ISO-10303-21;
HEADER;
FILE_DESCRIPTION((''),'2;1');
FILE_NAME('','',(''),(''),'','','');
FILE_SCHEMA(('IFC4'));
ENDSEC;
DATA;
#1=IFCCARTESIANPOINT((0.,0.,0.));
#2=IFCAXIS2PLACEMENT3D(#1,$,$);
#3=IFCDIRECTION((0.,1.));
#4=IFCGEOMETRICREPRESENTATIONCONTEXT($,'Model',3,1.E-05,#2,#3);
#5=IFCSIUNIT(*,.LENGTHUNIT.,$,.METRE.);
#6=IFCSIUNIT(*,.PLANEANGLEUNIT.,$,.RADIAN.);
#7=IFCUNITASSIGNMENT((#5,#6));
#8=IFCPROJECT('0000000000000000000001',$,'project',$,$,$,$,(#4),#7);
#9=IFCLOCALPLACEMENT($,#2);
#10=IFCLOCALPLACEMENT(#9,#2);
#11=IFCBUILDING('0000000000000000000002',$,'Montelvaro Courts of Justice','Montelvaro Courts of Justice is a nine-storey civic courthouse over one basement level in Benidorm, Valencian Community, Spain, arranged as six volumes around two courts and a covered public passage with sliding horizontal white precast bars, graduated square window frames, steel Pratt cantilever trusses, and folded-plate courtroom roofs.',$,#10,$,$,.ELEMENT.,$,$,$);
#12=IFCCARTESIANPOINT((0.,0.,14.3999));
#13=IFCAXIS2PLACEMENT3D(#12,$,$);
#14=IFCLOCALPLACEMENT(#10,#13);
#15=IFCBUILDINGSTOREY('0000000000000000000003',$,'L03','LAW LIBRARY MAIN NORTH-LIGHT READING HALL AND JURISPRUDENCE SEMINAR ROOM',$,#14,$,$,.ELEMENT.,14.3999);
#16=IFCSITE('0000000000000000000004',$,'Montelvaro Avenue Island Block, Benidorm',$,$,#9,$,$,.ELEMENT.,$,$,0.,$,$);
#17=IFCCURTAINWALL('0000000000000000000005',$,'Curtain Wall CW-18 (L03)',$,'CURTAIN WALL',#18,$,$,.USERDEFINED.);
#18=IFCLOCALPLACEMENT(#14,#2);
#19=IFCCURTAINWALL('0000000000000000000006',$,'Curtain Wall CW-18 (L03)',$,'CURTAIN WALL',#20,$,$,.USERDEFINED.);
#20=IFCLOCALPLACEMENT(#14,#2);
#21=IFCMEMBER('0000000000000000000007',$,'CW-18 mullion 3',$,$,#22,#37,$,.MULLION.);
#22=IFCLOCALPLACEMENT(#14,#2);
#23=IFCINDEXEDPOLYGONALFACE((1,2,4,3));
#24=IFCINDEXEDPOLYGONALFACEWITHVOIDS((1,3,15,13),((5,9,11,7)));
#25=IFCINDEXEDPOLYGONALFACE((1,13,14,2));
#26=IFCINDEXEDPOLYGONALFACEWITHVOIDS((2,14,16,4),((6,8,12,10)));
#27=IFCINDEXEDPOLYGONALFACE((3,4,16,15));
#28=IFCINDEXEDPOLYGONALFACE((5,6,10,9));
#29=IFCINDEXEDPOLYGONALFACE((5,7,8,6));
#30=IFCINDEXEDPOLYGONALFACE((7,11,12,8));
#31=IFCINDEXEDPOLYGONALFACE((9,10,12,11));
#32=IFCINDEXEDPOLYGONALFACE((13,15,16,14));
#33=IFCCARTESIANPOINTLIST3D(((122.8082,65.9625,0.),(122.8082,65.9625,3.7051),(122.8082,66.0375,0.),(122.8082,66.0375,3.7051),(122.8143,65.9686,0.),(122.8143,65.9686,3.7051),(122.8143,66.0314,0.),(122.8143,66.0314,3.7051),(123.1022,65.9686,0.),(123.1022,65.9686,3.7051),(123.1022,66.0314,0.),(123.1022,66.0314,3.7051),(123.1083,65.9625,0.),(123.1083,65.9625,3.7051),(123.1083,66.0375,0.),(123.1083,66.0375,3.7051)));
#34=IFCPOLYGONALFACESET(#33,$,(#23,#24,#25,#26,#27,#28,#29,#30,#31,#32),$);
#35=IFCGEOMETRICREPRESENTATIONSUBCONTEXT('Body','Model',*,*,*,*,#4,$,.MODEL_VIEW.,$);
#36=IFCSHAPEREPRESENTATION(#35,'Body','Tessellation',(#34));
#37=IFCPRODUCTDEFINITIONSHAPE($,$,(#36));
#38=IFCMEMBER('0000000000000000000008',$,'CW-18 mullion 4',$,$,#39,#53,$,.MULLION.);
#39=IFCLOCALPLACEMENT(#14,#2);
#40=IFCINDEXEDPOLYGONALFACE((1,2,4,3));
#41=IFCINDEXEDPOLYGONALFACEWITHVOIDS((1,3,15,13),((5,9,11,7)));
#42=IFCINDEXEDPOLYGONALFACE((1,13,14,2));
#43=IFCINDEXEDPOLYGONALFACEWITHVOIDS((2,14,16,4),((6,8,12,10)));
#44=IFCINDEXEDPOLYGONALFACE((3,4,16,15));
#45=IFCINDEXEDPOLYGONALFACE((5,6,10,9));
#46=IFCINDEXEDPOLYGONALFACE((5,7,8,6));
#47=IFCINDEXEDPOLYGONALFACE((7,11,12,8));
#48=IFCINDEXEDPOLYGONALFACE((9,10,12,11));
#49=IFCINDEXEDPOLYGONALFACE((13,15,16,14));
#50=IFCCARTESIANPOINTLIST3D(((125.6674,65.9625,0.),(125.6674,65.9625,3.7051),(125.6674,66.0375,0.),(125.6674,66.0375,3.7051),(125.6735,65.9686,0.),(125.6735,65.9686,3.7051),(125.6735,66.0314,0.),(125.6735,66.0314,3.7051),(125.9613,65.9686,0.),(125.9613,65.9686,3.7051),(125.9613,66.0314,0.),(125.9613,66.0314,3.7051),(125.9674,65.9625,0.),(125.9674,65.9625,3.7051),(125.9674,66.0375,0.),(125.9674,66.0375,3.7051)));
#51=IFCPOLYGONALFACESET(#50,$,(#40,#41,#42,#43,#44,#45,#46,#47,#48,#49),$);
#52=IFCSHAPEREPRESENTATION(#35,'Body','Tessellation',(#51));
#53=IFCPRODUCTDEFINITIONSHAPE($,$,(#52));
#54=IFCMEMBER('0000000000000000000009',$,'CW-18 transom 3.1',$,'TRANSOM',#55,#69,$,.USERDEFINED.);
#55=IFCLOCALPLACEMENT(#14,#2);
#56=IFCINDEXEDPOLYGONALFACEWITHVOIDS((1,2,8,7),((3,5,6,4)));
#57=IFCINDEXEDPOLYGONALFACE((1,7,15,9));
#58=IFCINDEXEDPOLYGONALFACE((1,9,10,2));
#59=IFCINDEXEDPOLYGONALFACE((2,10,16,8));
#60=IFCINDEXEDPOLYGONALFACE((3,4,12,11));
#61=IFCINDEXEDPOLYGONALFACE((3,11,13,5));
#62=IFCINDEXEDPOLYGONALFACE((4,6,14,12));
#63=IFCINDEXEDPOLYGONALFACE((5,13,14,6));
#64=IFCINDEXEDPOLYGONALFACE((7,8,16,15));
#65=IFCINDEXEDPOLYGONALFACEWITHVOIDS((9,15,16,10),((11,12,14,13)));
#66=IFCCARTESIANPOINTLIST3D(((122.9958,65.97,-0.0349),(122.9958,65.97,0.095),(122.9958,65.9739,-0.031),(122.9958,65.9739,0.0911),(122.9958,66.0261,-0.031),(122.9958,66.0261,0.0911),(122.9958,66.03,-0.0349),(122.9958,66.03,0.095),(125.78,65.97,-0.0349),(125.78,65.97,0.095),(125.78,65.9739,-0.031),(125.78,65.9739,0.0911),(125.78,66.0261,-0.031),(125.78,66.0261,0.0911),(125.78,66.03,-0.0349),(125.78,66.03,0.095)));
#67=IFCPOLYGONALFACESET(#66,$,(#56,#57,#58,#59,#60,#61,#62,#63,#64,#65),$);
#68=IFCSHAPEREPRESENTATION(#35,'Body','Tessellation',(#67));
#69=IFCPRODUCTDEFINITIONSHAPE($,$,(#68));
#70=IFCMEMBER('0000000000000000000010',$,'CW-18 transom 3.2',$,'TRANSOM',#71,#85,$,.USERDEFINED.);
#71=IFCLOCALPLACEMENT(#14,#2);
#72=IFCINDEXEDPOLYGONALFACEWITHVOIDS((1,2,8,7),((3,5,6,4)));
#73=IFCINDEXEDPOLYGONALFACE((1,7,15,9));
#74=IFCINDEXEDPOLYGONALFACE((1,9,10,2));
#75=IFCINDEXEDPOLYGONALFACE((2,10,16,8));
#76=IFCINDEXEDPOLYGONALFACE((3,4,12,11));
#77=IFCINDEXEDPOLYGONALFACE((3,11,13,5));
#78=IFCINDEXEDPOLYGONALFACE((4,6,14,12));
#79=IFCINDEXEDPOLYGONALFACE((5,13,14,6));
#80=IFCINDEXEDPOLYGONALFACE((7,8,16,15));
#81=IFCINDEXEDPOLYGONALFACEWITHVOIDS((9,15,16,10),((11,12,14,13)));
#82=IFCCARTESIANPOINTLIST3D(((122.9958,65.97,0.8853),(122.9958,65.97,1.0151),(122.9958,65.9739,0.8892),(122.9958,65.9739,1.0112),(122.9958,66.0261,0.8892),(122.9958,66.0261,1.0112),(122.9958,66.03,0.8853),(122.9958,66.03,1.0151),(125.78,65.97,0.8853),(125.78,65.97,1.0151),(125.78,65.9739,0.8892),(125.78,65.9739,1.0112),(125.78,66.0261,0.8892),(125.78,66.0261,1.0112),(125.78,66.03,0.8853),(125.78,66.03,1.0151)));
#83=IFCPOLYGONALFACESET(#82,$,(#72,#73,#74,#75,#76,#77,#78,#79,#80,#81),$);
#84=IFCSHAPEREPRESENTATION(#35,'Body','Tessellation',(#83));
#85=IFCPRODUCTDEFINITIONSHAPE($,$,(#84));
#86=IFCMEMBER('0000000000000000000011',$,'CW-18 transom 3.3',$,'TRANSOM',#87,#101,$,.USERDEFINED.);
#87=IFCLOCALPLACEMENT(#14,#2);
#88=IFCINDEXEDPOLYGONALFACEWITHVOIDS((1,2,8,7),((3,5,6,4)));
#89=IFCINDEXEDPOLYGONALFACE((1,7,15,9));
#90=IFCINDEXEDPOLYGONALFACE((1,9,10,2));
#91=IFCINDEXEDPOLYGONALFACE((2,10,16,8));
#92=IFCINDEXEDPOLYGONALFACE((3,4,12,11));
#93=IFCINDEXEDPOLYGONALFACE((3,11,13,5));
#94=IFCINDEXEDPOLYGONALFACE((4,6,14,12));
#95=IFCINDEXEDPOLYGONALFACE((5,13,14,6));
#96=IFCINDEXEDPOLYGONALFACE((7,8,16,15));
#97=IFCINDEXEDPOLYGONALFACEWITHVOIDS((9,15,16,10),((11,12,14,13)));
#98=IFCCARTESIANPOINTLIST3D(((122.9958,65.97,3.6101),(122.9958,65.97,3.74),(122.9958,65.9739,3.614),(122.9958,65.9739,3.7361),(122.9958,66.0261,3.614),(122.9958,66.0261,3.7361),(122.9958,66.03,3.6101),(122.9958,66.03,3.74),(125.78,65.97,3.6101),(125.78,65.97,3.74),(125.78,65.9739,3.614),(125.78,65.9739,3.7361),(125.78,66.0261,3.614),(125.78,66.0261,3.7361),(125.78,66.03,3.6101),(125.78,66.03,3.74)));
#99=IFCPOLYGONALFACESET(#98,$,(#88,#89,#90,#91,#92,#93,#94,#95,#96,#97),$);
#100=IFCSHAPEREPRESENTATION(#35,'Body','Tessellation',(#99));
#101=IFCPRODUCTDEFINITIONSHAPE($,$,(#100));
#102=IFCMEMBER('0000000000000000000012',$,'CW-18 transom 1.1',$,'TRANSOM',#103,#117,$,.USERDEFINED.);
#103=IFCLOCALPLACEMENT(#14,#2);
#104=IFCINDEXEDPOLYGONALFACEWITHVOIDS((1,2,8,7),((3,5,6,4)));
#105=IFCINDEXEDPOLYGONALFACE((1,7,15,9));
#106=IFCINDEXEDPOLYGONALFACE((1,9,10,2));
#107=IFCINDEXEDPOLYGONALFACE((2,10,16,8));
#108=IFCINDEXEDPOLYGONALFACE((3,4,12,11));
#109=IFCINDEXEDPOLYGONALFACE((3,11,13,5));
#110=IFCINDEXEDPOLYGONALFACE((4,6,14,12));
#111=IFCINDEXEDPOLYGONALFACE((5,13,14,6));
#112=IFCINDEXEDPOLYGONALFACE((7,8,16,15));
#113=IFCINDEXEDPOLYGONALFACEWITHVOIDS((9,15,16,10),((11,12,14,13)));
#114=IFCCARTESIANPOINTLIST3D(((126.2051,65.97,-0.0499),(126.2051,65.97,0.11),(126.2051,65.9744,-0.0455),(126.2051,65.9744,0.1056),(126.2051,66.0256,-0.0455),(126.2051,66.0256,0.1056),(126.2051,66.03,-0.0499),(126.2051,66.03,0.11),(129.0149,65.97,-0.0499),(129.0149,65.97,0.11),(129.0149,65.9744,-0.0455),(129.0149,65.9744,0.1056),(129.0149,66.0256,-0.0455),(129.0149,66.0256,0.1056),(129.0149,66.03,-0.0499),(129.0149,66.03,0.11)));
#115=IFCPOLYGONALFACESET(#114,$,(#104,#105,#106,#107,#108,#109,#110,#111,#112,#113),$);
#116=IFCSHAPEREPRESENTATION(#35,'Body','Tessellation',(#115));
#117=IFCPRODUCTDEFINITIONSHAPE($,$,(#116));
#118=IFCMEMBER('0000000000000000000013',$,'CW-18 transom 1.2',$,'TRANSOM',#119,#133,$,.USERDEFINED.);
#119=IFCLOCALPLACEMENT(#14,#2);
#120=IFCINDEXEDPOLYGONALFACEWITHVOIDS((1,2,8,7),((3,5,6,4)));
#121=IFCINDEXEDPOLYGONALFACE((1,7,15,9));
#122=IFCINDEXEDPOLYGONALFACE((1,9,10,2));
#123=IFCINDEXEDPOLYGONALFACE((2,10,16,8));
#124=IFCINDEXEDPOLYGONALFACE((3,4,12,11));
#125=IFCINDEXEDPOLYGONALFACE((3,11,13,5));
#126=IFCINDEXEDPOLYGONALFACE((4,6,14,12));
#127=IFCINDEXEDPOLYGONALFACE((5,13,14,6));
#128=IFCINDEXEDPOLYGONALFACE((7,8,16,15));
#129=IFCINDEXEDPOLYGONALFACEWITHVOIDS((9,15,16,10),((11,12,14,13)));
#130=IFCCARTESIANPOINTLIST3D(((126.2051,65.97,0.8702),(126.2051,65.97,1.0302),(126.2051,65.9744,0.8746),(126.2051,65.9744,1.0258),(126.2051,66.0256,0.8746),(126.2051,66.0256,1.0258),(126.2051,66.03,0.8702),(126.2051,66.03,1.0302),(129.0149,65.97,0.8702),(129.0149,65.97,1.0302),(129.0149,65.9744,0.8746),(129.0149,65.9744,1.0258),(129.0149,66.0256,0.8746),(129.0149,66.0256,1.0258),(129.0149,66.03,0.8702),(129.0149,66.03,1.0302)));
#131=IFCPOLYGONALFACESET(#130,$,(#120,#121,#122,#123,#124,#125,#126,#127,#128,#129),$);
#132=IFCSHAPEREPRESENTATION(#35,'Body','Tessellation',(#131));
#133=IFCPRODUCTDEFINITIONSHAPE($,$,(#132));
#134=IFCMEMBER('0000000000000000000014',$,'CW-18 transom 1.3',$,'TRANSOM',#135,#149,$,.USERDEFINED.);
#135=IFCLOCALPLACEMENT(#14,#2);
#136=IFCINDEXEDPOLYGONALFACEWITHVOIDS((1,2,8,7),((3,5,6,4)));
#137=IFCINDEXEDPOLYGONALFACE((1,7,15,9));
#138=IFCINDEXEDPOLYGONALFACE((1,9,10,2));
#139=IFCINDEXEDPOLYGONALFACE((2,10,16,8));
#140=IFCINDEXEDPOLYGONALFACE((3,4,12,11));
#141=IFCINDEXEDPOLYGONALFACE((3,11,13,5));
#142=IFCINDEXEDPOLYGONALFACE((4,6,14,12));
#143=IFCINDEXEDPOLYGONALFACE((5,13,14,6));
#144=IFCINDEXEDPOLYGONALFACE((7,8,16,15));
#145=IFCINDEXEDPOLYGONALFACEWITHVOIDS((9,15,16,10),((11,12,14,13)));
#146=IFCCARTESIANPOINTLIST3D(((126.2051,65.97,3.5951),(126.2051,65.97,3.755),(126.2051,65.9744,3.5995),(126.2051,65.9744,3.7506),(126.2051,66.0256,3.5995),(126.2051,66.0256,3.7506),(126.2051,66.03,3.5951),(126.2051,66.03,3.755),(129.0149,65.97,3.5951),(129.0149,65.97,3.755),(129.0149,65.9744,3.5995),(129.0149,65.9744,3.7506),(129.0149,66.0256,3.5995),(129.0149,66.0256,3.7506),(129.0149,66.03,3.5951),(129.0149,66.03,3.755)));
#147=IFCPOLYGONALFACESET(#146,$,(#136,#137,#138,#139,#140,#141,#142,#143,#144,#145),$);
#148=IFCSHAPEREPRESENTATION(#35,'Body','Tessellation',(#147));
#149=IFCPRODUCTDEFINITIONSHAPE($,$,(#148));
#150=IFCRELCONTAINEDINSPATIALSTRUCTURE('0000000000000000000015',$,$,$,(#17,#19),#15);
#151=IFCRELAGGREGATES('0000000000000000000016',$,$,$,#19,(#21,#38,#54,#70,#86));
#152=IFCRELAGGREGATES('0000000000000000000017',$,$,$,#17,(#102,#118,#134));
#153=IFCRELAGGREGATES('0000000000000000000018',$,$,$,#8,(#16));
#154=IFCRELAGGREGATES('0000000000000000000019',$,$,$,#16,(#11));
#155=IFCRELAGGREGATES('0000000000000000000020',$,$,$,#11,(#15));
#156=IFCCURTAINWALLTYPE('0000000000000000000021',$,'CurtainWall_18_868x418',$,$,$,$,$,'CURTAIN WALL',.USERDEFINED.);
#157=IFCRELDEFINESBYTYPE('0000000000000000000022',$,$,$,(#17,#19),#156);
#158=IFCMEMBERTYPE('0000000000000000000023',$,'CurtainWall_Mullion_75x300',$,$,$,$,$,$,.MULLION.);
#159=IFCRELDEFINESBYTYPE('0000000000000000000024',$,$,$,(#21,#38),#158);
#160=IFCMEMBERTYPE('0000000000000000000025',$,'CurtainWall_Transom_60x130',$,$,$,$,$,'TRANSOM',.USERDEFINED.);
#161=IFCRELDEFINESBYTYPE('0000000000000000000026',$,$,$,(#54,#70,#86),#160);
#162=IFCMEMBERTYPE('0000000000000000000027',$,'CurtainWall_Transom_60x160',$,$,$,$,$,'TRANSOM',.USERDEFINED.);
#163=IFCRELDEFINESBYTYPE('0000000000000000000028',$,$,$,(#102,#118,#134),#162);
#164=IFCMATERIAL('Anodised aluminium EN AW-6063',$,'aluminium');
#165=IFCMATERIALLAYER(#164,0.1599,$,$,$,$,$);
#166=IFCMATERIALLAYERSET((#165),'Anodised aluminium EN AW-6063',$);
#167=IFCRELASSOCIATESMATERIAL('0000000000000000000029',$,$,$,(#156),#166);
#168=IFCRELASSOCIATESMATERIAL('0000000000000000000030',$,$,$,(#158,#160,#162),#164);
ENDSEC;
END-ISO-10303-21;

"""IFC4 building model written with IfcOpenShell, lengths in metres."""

from ifc_helpers import new_model, si_unit, direction, frame, origin, origin_2d, place, context, subcontext, project, spatial, hollow_rectangle, extrude, material, layer, layer_set, material_profile, profile_set, type_object, element, aggregate, save


model = new_model("IFC4")

# Units and contexts
model_context = context("Model", 3, precision=1e-05, world=origin(), true_north=direction((0.0, 1.0)))
body_context = subcontext(model_context, "Body", "Model", "MODEL_VIEW")
ifc_project = project(units=[si_unit("LENGTHUNIT", "METRE"), si_unit("PLANEANGLEUNIT", "RADIAN")], contexts=[model_context])

# Site, building, storey
site_placement = place(None, origin())
site = spatial("IfcSite", under=ifc_project, at=site_placement, Name="Montelvaro Avenue Island Block, Benidorm", CompositionType="ELEMENT", RefElevation=0.0)
building_placement = place(site_placement, origin())
building = spatial("IfcBuilding", under=site, at=building_placement, Name="Montelvaro Courts of Justice", Description="Montelvaro Courts of Justice is a nine-storey civic courthouse over one basement level in Benidorm, Valencian Community, Spain, arranged as six volumes around two courts and a covered public passage with sliding horizontal white precast bars, graduated square window frames, steel Pratt cantilever trusses, and folded-plate courtroom roofs.", CompositionType="ELEMENT")
storey_placement = place(building_placement, frame((0.0, 0.0, 14.3999)))
storey = spatial("IfcBuildingStorey", under=building, at=storey_placement, Name="L03", Description="LAW LIBRARY MAIN NORTH-LIGHT READING HALL AND JURISPRUDENCE SEMINAR ROOM", CompositionType="ELEMENT", Elevation=14.3999)

# Curtain wall
ifc_material_1 = material(Name="Anodised aluminium EN AW-6063", Category="aluminium")
ifc_layer_1 = layer(ifc_material_1, 0.1599)
ifc_layer_set_1 = layer_set([ifc_layer_1], Name="Anodised aluminium EN AW-6063")
curtain_wall_type = type_object("IfcCurtainWallType", Name="CurtainWall_18_868x418", ElementType="CURTAIN WALL", PredefinedType="USERDEFINED", material=ifc_layer_set_1)
curtain_wall_1_placement = place(storey_placement, origin())
curtain_wall_1 = element("IfcCurtainWall", 1, at=curtain_wall_1_placement, inside=storey, type_object=curtain_wall_type, Name="Curtain Wall CW-18 (L03)", ObjectType="CURTAIN WALL", PredefinedType="USERDEFINED")

# Curtain wall, members
curtain_wall_2_placement = place(storey_placement, origin())
curtain_wall_2 = element("IfcCurtainWall", 2, at=curtain_wall_2_placement, inside=storey, type_object=curtain_wall_type, Name="Curtain Wall CW-18 (L03)", ObjectType="CURTAIN WALL", PredefinedType="USERDEFINED")
ifc_material_profile_1 = material_profile(ifc_material_1, hollow_rectangle(XDim=0.075, YDim=0.3, WallThickness=0.0061, at=origin_2d()), Name="ALU-M 75x300")
ifc_profile_set_1 = profile_set([ifc_material_profile_1], Name="Anodised aluminium EN AW-6063")
member_type_1 = type_object("IfcMemberType", Name="CurtainWall_Mullion_75x300", PredefinedType="MULLION", material=ifc_profile_set_1)
member_1_placement = place(storey_placement, frame((122.9583, 66.0, 0.0), z_axis=(0.0, 0.0, 1.0), x_axis=(0.0, 1.0, 0.0)))
member_1 = element("IfcMember", 3, at=member_1_placement, type_object=member_type_1, Name="CW-18 mullion 3", PredefinedType="MULLION", context=body_context, shape_type="SweptSolid", body=[
    extrude(hollow_rectangle(XDim=0.075, YDim=0.3, WallThickness=0.0061, at=origin_2d()), origin(), (0.0, 0.0, 1.0), 3.7051),
])
member_2_placement = place(storey_placement, frame((125.8174, 66.0, 0.0), z_axis=(0.0, 0.0, 1.0), x_axis=(0.0, 1.0, 0.0)))
member_2 = element("IfcMember", 4, at=member_2_placement, type_object=member_type_1, Name="CW-18 mullion 4", PredefinedType="MULLION", context=body_context, shape_type="SweptSolid", body=[
    extrude(hollow_rectangle(XDim=0.075, YDim=0.3, WallThickness=0.0061, at=origin_2d()), origin(), (0.0, 0.0, 1.0), 3.7051),
])
ifc_material_profile_2 = material_profile(ifc_material_1, hollow_rectangle(XDim=0.0601, YDim=0.1299, WallThickness=0.0039, at=origin_2d()), Name="ALU-T 60x130")
ifc_profile_set_2 = profile_set([ifc_material_profile_2], Name="Anodised aluminium EN AW-6063")
member_type_2 = type_object("IfcMemberType", Name="CurtainWall_Transom_60x130", ElementType="TRANSOM", PredefinedType="USERDEFINED", material=ifc_profile_set_2)
member_3_placement = place(storey_placement, frame((122.9958, 66.0, 0.03), z_axis=(1.0, 0.0, 0.0), x_axis=(0.0, 1.0, 0.0)))
member_3 = element("IfcMember", 5, at=member_3_placement, type_object=member_type_2, Name="CW-18 transom 3.1", ObjectType="TRANSOM", PredefinedType="USERDEFINED", context=body_context, shape_type="SweptSolid", body=[
    extrude(hollow_rectangle(XDim=0.0601, YDim=0.1299, WallThickness=0.0039, at=origin_2d()), origin(), (0.0, 0.0, 1.0), 2.7842),
])
member_4_placement = place(storey_placement, frame((122.9958, 66.0, 0.9502), z_axis=(1.0, 0.0, 0.0), x_axis=(0.0, 1.0, 0.0)))
member_4 = element("IfcMember", 6, at=member_4_placement, type_object=member_type_2, Name="CW-18 transom 3.2", ObjectType="TRANSOM", PredefinedType="USERDEFINED", context=body_context, shape_type="SweptSolid", body=[
    extrude(hollow_rectangle(XDim=0.0601, YDim=0.1299, WallThickness=0.0039, at=origin_2d()), origin(), (0.0, 0.0, 1.0), 2.7842),
])
member_5_placement = place(storey_placement, frame((122.9958, 66.0, 3.675), z_axis=(1.0, 0.0, 0.0), x_axis=(0.0, 1.0, 0.0)))
member_5 = element("IfcMember", 7, at=member_5_placement, type_object=member_type_2, Name="CW-18 transom 3.3", ObjectType="TRANSOM", PredefinedType="USERDEFINED", context=body_context, shape_type="SweptSolid", body=[
    extrude(hollow_rectangle(XDim=0.0601, YDim=0.1299, WallThickness=0.0039, at=origin_2d()), origin(), (0.0, 0.0, 1.0), 2.7842),
])

# Members
ifc_material_profile_3 = material_profile(ifc_material_1, hollow_rectangle(XDim=0.0601, YDim=0.1599, WallThickness=0.0044, at=origin_2d()), Name="ALU-T 60x160")
ifc_profile_set_3 = profile_set([ifc_material_profile_3], Name="Anodised aluminium EN AW-6063")
member_type_3 = type_object("IfcMemberType", Name="CurtainWall_Transom_60x160", ElementType="TRANSOM", PredefinedType="USERDEFINED", material=ifc_profile_set_3)
member_6_placement = place(storey_placement, frame((126.2051, 66.0, 0.03), z_axis=(1.0, 0.0, 0.0), x_axis=(0.0, 1.0, 0.0)))
member_6 = element("IfcMember", 8, at=member_6_placement, type_object=member_type_3, Name="CW-18 transom 1.1", ObjectType="TRANSOM", PredefinedType="USERDEFINED", context=body_context, shape_type="SweptSolid", body=[
    extrude(hollow_rectangle(XDim=0.0601, YDim=0.1599, WallThickness=0.0044, at=origin_2d()), origin(), (0.0, 0.0, 1.0), 2.8098),
])
member_7_placement = place(storey_placement, frame((126.2051, 66.0, 0.9502), z_axis=(1.0, 0.0, 0.0), x_axis=(0.0, 1.0, 0.0)))
member_7 = element("IfcMember", 9, at=member_7_placement, type_object=member_type_3, Name="CW-18 transom 1.2", ObjectType="TRANSOM", PredefinedType="USERDEFINED", context=body_context, shape_type="SweptSolid", body=[
    extrude(hollow_rectangle(XDim=0.0601, YDim=0.1599, WallThickness=0.0044, at=origin_2d()), origin(), (0.0, 0.0, 1.0), 2.8098),
])
member_8_placement = place(storey_placement, frame((126.2051, 66.0, 3.675), z_axis=(1.0, 0.0, 0.0), x_axis=(0.0, 1.0, 0.0)))
member_8 = element("IfcMember", 10, at=member_8_placement, type_object=member_type_3, Name="CW-18 transom 1.3", ObjectType="TRANSOM", PredefinedType="USERDEFINED", context=body_context, shape_type="SweptSolid", body=[
    extrude(hollow_rectangle(XDim=0.0601, YDim=0.1599, WallThickness=0.0044, at=origin_2d()), origin(), (0.0, 0.0, 1.0), 2.8098),
])

aggregate(curtain_wall_2, [member_1, member_2, member_3, member_4, member_5])
aggregate(curtain_wall_1, [member_6, member_7, member_8])

save(model, "model.ifc")
